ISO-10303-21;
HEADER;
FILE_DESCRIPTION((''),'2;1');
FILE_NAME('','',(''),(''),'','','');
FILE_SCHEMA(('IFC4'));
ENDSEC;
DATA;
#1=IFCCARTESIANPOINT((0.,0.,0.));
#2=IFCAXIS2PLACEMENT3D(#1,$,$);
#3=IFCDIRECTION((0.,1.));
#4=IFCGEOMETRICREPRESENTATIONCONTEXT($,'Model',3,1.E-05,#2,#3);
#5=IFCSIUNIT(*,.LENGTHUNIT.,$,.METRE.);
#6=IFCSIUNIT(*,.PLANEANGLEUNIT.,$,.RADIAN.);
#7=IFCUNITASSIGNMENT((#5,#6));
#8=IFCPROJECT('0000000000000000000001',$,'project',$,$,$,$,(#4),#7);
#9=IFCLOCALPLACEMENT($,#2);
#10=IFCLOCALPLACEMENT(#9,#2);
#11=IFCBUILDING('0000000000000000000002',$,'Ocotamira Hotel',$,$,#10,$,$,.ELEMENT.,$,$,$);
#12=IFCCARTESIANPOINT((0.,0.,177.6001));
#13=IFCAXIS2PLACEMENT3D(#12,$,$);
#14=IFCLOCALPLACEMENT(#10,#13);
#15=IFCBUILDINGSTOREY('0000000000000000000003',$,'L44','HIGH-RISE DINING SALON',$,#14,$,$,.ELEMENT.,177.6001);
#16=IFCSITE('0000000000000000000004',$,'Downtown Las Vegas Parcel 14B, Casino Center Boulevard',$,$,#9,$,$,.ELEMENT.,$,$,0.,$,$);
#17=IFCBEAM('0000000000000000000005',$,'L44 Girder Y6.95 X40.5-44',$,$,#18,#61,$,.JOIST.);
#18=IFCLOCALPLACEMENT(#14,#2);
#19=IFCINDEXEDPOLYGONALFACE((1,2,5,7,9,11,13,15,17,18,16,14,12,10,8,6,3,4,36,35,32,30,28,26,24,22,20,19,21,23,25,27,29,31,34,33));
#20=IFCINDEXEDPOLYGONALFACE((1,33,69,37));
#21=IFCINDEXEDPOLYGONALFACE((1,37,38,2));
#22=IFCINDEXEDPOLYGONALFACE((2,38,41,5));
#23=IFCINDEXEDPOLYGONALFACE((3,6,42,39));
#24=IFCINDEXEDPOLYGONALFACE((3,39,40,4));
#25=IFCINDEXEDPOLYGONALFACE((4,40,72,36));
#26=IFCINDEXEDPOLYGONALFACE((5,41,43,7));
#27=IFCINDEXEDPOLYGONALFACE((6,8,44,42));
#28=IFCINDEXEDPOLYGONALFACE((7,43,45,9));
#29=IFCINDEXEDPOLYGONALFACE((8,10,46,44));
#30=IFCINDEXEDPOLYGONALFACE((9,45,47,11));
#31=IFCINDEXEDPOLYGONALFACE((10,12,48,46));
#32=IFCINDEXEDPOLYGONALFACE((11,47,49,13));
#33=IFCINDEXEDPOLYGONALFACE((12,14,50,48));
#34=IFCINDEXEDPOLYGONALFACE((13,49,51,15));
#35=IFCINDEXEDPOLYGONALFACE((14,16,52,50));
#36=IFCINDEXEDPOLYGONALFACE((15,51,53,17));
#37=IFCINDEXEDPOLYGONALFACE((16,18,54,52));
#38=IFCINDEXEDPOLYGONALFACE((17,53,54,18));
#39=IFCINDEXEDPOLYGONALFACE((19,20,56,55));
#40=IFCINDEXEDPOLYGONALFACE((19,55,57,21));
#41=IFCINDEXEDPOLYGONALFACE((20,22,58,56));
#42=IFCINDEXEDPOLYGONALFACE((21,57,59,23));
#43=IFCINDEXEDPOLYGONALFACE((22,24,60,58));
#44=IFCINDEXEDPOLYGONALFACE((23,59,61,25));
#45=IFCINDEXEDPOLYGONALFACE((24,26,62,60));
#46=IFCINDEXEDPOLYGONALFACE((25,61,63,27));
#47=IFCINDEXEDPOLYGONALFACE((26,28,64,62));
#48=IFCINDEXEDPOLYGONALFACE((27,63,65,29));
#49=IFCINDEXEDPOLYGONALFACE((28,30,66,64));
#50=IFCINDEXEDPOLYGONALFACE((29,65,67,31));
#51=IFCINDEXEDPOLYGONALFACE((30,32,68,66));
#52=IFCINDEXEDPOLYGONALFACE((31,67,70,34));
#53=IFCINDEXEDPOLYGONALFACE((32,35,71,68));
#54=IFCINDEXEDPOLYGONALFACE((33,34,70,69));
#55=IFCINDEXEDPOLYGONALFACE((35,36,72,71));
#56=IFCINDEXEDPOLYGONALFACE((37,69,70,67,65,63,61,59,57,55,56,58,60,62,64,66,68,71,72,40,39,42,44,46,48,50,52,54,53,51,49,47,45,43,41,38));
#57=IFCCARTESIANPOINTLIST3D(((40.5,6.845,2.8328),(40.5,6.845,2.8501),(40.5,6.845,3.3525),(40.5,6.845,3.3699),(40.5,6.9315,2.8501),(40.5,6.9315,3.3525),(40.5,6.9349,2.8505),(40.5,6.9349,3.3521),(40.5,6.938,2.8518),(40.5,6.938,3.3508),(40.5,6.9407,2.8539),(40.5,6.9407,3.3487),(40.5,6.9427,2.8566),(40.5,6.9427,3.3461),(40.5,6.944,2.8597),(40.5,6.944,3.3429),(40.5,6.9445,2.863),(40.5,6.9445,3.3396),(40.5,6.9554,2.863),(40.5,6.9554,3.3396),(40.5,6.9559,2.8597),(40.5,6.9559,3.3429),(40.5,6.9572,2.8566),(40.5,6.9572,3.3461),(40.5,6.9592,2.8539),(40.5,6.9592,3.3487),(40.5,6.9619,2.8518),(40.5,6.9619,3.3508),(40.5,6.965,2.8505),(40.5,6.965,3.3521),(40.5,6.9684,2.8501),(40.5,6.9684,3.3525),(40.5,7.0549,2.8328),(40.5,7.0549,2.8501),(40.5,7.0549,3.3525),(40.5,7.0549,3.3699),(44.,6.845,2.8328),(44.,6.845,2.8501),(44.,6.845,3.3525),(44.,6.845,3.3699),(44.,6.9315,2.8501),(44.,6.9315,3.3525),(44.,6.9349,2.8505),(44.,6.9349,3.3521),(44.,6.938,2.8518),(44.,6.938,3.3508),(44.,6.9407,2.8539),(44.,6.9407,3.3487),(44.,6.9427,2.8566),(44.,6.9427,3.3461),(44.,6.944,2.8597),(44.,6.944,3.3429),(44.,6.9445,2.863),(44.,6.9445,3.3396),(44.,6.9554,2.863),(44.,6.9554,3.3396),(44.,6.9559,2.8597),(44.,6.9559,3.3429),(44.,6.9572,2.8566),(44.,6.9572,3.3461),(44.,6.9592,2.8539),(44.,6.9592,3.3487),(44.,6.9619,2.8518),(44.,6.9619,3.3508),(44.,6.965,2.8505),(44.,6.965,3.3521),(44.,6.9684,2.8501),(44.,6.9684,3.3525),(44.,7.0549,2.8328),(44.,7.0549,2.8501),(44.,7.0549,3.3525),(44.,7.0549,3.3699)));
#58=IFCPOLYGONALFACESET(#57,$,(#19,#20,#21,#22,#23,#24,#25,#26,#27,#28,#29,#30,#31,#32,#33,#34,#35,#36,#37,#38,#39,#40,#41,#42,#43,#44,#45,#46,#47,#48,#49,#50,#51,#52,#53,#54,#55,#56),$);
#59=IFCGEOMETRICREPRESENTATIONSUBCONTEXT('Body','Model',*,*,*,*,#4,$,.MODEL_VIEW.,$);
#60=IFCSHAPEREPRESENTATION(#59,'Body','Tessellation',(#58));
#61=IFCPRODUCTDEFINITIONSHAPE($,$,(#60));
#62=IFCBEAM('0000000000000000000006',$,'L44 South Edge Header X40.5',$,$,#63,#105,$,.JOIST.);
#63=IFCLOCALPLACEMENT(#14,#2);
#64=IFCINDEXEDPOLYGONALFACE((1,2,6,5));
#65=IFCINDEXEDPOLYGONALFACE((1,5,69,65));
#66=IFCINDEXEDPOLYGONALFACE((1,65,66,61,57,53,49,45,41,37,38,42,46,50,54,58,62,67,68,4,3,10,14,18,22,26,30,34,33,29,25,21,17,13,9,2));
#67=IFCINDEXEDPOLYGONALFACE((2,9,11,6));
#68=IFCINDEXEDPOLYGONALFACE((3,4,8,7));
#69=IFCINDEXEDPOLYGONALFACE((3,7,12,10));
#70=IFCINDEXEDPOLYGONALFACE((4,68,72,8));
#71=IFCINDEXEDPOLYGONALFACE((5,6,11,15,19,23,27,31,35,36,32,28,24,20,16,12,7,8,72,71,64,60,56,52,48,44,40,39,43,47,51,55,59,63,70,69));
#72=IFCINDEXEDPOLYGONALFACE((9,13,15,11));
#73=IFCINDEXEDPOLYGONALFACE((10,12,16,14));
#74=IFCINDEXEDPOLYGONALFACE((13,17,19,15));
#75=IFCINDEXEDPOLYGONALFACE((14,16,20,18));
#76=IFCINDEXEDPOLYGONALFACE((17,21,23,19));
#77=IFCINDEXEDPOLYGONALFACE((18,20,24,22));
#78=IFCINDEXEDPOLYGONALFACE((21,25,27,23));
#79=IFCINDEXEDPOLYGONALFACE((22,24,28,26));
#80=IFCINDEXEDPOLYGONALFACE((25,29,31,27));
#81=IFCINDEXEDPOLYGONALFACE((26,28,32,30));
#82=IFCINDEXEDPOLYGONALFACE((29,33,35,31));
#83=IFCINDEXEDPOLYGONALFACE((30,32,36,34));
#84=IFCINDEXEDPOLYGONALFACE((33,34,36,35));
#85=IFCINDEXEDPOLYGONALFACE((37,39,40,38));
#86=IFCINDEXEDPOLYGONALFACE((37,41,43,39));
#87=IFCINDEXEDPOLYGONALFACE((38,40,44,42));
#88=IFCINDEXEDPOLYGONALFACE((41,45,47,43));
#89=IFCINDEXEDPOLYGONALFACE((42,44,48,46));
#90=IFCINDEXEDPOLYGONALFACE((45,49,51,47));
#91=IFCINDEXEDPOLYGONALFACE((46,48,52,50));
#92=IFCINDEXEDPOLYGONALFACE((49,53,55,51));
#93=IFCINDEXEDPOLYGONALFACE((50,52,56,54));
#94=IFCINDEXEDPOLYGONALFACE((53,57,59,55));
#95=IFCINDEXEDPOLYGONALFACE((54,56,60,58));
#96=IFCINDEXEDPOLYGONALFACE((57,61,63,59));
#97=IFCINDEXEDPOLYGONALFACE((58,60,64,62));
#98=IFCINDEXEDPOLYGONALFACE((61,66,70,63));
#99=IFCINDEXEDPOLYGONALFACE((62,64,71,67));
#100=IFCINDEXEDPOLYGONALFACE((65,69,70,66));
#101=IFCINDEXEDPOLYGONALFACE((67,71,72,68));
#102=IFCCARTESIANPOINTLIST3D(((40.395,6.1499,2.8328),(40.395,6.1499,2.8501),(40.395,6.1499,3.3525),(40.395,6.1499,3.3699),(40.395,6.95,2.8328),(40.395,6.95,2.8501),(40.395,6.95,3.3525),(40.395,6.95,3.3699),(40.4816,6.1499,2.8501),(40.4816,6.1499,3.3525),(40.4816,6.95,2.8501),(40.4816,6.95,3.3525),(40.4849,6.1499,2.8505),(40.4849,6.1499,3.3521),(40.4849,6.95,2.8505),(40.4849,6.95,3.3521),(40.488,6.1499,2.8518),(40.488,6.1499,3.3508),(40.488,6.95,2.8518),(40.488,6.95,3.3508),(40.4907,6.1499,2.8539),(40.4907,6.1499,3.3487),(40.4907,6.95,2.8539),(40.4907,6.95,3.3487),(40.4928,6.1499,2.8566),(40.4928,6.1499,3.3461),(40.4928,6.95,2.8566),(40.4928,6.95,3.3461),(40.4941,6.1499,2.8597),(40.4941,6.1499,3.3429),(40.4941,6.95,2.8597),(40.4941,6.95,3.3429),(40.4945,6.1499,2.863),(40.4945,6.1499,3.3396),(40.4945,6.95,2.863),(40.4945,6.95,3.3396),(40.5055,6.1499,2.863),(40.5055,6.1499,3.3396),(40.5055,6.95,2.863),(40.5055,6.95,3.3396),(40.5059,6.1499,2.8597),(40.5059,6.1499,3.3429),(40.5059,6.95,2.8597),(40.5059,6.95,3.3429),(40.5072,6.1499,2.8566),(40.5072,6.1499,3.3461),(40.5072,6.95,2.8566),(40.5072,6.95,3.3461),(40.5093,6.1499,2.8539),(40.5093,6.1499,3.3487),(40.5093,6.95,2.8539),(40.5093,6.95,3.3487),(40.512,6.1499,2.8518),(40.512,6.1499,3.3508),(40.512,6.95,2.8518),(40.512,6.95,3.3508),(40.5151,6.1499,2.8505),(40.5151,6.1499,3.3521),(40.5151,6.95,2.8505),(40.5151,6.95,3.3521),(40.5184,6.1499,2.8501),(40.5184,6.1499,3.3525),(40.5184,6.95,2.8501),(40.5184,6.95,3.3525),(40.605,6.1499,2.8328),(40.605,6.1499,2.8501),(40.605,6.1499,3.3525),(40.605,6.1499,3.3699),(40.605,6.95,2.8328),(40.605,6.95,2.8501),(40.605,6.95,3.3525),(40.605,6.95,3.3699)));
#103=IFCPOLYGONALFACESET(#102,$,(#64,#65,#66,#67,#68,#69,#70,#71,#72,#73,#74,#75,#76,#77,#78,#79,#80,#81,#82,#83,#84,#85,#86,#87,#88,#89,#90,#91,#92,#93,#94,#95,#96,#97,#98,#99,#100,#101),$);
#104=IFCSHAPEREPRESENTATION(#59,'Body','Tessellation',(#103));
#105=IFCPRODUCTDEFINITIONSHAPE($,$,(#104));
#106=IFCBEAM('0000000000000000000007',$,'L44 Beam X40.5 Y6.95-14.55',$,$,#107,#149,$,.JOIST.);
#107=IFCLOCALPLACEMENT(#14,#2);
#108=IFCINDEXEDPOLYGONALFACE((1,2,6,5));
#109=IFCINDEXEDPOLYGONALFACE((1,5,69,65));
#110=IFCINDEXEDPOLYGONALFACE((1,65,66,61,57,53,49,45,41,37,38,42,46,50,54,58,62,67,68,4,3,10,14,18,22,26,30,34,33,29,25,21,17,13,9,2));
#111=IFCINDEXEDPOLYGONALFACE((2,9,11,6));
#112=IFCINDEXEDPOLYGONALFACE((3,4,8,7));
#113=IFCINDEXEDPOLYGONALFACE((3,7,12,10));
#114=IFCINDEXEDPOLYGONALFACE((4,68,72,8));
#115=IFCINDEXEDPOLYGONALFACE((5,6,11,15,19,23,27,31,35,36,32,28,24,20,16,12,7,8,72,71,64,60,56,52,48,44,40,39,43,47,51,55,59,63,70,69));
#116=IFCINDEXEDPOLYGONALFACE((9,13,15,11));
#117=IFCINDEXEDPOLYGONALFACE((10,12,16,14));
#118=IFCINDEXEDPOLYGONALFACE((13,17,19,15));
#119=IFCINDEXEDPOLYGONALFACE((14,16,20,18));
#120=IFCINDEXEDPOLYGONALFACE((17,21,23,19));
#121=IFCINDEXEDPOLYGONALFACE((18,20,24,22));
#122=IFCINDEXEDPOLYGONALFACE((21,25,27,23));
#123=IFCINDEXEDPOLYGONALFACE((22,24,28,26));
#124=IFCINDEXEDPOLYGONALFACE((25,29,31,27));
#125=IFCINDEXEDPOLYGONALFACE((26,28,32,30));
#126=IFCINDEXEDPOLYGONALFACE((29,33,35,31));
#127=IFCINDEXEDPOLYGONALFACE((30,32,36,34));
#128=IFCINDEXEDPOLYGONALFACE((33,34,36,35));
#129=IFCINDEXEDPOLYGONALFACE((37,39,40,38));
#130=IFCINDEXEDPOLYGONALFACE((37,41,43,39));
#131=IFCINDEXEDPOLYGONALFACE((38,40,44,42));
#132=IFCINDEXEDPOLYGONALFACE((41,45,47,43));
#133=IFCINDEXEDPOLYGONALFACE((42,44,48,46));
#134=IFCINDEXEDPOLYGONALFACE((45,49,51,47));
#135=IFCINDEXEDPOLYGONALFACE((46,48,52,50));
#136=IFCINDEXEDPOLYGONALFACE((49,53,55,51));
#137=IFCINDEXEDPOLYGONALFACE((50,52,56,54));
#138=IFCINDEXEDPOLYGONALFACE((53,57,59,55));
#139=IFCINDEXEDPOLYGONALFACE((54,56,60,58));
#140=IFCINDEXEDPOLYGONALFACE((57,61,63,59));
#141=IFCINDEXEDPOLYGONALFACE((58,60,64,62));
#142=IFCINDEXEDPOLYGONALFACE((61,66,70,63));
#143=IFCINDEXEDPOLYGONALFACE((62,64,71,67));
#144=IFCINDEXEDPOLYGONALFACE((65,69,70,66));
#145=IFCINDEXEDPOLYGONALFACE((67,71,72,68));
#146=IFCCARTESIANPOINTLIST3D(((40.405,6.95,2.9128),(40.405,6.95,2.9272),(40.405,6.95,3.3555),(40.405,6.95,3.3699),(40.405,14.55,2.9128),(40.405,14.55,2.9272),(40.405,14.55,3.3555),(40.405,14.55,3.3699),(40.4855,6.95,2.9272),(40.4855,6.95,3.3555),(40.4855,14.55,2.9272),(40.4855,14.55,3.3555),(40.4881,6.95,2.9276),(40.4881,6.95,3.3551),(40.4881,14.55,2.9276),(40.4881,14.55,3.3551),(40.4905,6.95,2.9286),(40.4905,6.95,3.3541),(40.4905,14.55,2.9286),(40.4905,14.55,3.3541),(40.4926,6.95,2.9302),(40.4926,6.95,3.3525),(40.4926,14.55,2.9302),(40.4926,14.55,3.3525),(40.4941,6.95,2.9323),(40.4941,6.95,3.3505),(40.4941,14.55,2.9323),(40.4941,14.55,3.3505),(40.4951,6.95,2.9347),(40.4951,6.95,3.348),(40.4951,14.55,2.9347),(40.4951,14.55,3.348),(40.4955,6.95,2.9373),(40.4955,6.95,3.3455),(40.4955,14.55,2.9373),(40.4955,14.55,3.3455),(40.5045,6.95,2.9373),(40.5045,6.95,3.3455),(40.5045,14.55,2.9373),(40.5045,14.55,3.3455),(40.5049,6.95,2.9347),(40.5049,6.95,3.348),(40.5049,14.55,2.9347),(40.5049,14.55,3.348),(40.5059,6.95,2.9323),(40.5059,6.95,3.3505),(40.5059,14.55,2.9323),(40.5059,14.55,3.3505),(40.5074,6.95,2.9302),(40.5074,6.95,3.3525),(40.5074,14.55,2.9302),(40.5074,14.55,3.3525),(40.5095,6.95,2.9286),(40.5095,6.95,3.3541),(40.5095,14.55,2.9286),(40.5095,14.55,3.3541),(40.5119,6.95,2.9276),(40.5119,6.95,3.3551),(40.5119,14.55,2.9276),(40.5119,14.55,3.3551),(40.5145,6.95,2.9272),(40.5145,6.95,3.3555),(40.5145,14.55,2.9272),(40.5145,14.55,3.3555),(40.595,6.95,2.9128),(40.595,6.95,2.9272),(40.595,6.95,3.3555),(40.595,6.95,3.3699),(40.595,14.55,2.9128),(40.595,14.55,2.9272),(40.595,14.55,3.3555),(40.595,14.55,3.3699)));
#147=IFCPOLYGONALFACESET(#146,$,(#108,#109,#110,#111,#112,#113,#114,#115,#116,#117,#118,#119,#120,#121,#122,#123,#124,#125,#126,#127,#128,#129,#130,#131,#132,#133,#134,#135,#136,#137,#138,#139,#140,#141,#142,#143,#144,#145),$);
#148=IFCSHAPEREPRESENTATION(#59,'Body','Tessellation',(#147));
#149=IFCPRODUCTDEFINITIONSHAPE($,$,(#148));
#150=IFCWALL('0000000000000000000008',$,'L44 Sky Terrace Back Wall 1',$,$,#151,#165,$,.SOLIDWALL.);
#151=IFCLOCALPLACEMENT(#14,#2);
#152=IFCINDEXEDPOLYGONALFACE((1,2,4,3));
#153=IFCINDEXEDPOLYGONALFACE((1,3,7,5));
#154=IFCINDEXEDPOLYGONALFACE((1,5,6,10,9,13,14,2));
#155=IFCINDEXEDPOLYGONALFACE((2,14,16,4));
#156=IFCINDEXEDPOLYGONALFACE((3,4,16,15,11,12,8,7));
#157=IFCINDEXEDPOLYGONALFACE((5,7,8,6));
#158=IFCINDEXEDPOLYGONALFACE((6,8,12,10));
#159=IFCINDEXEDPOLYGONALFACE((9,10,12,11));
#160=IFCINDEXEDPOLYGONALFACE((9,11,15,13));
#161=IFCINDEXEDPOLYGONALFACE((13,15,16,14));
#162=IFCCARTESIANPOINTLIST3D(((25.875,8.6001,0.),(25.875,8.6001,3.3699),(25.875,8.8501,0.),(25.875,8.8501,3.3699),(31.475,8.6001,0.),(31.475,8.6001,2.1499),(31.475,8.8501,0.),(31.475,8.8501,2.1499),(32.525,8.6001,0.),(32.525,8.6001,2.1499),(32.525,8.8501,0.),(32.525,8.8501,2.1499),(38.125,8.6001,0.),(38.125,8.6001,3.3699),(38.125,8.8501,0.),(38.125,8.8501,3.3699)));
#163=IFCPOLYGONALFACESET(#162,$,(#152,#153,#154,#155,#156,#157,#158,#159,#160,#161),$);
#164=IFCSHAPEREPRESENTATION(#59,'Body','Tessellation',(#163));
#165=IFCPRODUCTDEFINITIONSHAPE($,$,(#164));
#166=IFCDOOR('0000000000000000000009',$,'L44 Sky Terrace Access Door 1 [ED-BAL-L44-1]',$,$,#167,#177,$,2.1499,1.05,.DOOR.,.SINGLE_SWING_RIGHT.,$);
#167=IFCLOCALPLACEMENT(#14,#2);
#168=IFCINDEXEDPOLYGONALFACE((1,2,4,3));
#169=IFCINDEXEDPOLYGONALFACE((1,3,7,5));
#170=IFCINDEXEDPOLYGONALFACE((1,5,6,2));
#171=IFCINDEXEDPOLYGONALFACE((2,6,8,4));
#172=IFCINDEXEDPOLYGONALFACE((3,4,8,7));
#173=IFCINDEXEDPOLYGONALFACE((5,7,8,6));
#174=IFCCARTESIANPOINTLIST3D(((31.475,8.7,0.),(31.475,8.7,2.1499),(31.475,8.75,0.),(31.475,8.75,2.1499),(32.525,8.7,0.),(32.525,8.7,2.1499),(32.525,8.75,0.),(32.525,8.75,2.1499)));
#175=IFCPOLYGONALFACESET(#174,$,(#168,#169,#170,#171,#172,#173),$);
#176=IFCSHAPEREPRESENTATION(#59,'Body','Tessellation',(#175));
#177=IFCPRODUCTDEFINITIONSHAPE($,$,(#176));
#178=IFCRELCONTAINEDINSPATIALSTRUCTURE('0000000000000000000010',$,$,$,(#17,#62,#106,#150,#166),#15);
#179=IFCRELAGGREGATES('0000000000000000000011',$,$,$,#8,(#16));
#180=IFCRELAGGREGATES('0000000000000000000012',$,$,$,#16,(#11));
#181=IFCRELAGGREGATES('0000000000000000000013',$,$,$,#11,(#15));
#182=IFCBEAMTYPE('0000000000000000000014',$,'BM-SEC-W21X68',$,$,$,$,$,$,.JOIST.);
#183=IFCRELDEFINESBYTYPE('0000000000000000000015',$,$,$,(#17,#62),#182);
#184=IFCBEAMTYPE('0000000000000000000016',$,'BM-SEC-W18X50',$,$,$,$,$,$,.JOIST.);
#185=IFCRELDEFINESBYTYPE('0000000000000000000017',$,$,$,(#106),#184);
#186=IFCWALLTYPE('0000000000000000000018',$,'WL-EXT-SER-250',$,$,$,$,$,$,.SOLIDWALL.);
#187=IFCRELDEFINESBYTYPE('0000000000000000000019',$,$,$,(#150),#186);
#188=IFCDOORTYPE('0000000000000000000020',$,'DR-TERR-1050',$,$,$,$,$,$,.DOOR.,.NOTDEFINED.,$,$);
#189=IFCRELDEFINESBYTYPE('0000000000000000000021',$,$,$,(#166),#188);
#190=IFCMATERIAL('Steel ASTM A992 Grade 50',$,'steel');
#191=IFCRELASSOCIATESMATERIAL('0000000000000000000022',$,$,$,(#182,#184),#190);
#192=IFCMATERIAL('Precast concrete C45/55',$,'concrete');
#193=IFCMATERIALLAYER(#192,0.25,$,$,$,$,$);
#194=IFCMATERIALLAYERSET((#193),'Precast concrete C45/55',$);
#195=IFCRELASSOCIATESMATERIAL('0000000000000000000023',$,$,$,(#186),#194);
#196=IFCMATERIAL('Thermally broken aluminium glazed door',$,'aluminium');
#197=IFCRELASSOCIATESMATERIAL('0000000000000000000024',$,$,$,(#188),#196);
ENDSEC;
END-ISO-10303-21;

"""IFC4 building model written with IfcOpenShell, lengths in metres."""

from ifc_helpers import new_model, si_unit, direction, frame, frame_2d, origin, origin_2d, place, context, subcontext, project, spatial, rectangle, i_section, extrude, source, transform, mapped, material, layer, layer_set, material_profile, profile_set, type_object, element, fill, save


model = new_model("IFC4")

# Units and contexts
model_context = context("Model", 3, precision=1e-05, world=origin(), true_north=direction((0.0, 1.0)))
body_context = subcontext(model_context, "Body", "Model", "MODEL_VIEW")
ifc_project = project(units=[si_unit("LENGTHUNIT", "METRE"), si_unit("PLANEANGLEUNIT", "RADIAN")], contexts=[model_context])

# Site, building, storey
site_placement = place(None, origin())
site = spatial("IfcSite", under=ifc_project, at=site_placement, Name="Downtown Las Vegas Parcel 14B, Casino Center Boulevard", CompositionType="ELEMENT", RefElevation=0.0)
building_placement = place(site_placement, origin())
building = spatial("IfcBuilding", under=site, at=building_placement, Name="Ocotamira Hotel", CompositionType="ELEMENT")
storey_placement = place(building_placement, frame((0.0, 0.0, 177.6001)))
storey = spatial("IfcBuildingStorey", under=building, at=storey_placement, Name="L44", Description="HIGH-RISE DINING SALON", CompositionType="ELEMENT", Elevation=177.6001)

# Beams
ifc_material_1 = material(Name="Steel ASTM A992 Grade 50", Category="steel")
ifc_material_profile_1 = material_profile(ifc_material_1, i_section(OverallWidth=0.21, OverallDepth=0.5371, WebThickness=0.011, FlangeThickness=0.0173, FilletRadius=0.0129, at=origin_2d()), Name="W21X68")
ifc_profile_set_1 = profile_set([ifc_material_profile_1], Name="Steel ASTM A992 Grade 50")
beam_type_1 = type_object("IfcBeamType", Name="BM-SEC-W21X68", PredefinedType="JOIST", material=ifc_profile_set_1)
shared_shape_1 = source(origin(), body_context, "Body", "SweptSolid", [
    extrude(i_section(OverallWidth=0.21, OverallDepth=0.5371, WebThickness=0.011, FlangeThickness=0.0173, FilletRadius=0.0129, at=origin_2d()), origin(), (0.0, 0.0, 1.0), 3.5),
])
beam_1_placement = place(storey_placement, frame((40.5, 6.95, 3.1013), z_axis=(1.0, 0.0, 0.0), x_axis=(0.0, 1.0, 0.0)))
element("IfcBeam", 1, at=beam_1_placement, inside=storey, type_object=beam_type_1, Name="L44 Girder Y6.95 X40.5-44", PredefinedType="JOIST", context=body_context, shape_type="MappedRepresentation", body=[
    mapped(shared_shape_1, transform((0.0, 0.0, 0.0), scale=1.0)),
])
shared_shape_2 = source(origin(), body_context, "Body", "SweptSolid", [
    extrude(i_section(OverallWidth=0.21, OverallDepth=0.5371, WebThickness=0.011, FlangeThickness=0.0173, FilletRadius=0.0129, at=origin_2d()), origin(), (0.0, 0.0, 1.0), 0.8),
])
beam_2_placement = place(storey_placement, frame((40.5, 6.95, 3.1013), z_axis=(0.0, -1.0, 0.0), x_axis=(1.0, 0.0, 0.0)))
element("IfcBeam", 2, at=beam_2_placement, inside=storey, type_object=beam_type_1, Name="L44 South Edge Header X40.5", PredefinedType="JOIST", context=body_context, shape_type="MappedRepresentation", body=[
    mapped(shared_shape_2, transform((0.0, 0.0, 0.0), scale=1.0)),
])
ifc_material_profile_2 = material_profile(ifc_material_1, i_section(OverallWidth=0.1899, OverallDepth=0.457, WebThickness=0.009, FlangeThickness=0.0144, FilletRadius=0.01, at=origin_2d()), Name="W18X50")
ifc_profile_set_2 = profile_set([ifc_material_profile_2], Name="Steel ASTM A992 Grade 50")
beam_type_2 = type_object("IfcBeamType", Name="BM-SEC-W18X50", PredefinedType="JOIST", material=ifc_profile_set_2)
shared_shape_3 = source(origin(), body_context, "Body", "SweptSolid", [
    extrude(i_section(OverallWidth=0.1899, OverallDepth=0.457, WebThickness=0.009, FlangeThickness=0.0144, FilletRadius=0.01, at=origin_2d()), origin(), (0.0, 0.0, 1.0), 7.6001),
])
beam_3_placement = place(storey_placement, frame((40.5, 6.95, 3.1414), z_axis=(0.0, 1.0, 0.0), x_axis=(-1.0, 0.0, 0.0)))
element("IfcBeam", 3, at=beam_3_placement, inside=storey, type_object=beam_type_2, Name="L44 Beam X40.5 Y6.95-14.55", PredefinedType="JOIST", context=body_context, shape_type="MappedRepresentation", body=[
    mapped(shared_shape_3, transform((0.0, 0.0, 0.0), scale=1.0)),
])

# Wall, opening, door
ifc_material_2 = material(Name="Precast concrete C45/55", Category="concrete")
ifc_layer_1 = layer(ifc_material_2, 0.25)
ifc_layer_set_1 = layer_set([ifc_layer_1], Name="Precast concrete C45/55")
wall_type_1 = type_object("IfcWallType", Name="WL-EXT-SER-250", PredefinedType="SOLIDWALL", material=ifc_layer_set_1)
wall_1_placement = place(storey_placement, frame((25.875, 8.7251, 0.0), z_axis=(0.0, 0.0, 1.0), x_axis=(1.0, 0.0, 0.0)))
wall_1 = element("IfcWall", 4, at=wall_1_placement, inside=storey, type_object=wall_type_1, Name="L44 Sky Terrace Back Wall 1", PredefinedType="SOLIDWALL", context=body_context, shape_type="SweptSolid", body=[
    extrude(rectangle(XDim=12.25, YDim=0.25, at=frame_2d((6.125, 0.0))), origin(), (0.0, 0.0, 1.0), 3.3699),
])
opening_1_placement = place(wall_1_placement, frame((5.6001, 0.0, 0.0)))
opening_1 = element("IfcOpeningElement", 5, at=opening_1_placement, cuts=wall_1, PredefinedType="OPENING", context=body_context, shape_type="SweptSolid", body=[
    extrude(rectangle(XDim=1.05, YDim=2.1499, at=frame_2d((0.5249, 1.075))), frame((0.0, 0.135, 0.0), z_axis=(0.0, -1.0, 0.0), x_axis=(1.0, 0.0, 0.0)), (0.0, 0.0, 1.0), 0.27),
])
ifc_material_3 = material(Name="Thermally broken aluminium glazed door", Category="aluminium")
door_type_1 = type_object("IfcDoorType", Name="DR-TERR-1050", OperationType="NOTDEFINED", PredefinedType="DOOR", material=ifc_material_3)
shared_shape_4 = source(origin(), body_context, "Body", "SweptSolid", [
    extrude(rectangle(XDim=1.05, YDim=2.1499, at=frame_2d((0.5249, 1.075))), frame((0.0, 0.0249, 0.0), z_axis=(0.0, -1.0, 0.0), x_axis=(1.0, 0.0, 0.0)), (0.0, 0.0, 1.0), 0.05),
])
door_1_placement = place(opening_1_placement, origin())
door_1 = element("IfcDoor", 6, at=door_1_placement, inside=storey, type_object=door_type_1, Name="L44 Sky Terrace Access Door 1 [ED-BAL-L44-1]", OperationType="SINGLE_SWING_RIGHT", OverallHeight=2.1499, OverallWidth=1.05, PredefinedType="DOOR", context=body_context, shape_type="MappedRepresentation", body=[
    mapped(shared_shape_4, transform((0.0, 0.0, 0.0), scale=1.0)),
])
fill(opening_1, door_1)

save(model, "model.ifc")
